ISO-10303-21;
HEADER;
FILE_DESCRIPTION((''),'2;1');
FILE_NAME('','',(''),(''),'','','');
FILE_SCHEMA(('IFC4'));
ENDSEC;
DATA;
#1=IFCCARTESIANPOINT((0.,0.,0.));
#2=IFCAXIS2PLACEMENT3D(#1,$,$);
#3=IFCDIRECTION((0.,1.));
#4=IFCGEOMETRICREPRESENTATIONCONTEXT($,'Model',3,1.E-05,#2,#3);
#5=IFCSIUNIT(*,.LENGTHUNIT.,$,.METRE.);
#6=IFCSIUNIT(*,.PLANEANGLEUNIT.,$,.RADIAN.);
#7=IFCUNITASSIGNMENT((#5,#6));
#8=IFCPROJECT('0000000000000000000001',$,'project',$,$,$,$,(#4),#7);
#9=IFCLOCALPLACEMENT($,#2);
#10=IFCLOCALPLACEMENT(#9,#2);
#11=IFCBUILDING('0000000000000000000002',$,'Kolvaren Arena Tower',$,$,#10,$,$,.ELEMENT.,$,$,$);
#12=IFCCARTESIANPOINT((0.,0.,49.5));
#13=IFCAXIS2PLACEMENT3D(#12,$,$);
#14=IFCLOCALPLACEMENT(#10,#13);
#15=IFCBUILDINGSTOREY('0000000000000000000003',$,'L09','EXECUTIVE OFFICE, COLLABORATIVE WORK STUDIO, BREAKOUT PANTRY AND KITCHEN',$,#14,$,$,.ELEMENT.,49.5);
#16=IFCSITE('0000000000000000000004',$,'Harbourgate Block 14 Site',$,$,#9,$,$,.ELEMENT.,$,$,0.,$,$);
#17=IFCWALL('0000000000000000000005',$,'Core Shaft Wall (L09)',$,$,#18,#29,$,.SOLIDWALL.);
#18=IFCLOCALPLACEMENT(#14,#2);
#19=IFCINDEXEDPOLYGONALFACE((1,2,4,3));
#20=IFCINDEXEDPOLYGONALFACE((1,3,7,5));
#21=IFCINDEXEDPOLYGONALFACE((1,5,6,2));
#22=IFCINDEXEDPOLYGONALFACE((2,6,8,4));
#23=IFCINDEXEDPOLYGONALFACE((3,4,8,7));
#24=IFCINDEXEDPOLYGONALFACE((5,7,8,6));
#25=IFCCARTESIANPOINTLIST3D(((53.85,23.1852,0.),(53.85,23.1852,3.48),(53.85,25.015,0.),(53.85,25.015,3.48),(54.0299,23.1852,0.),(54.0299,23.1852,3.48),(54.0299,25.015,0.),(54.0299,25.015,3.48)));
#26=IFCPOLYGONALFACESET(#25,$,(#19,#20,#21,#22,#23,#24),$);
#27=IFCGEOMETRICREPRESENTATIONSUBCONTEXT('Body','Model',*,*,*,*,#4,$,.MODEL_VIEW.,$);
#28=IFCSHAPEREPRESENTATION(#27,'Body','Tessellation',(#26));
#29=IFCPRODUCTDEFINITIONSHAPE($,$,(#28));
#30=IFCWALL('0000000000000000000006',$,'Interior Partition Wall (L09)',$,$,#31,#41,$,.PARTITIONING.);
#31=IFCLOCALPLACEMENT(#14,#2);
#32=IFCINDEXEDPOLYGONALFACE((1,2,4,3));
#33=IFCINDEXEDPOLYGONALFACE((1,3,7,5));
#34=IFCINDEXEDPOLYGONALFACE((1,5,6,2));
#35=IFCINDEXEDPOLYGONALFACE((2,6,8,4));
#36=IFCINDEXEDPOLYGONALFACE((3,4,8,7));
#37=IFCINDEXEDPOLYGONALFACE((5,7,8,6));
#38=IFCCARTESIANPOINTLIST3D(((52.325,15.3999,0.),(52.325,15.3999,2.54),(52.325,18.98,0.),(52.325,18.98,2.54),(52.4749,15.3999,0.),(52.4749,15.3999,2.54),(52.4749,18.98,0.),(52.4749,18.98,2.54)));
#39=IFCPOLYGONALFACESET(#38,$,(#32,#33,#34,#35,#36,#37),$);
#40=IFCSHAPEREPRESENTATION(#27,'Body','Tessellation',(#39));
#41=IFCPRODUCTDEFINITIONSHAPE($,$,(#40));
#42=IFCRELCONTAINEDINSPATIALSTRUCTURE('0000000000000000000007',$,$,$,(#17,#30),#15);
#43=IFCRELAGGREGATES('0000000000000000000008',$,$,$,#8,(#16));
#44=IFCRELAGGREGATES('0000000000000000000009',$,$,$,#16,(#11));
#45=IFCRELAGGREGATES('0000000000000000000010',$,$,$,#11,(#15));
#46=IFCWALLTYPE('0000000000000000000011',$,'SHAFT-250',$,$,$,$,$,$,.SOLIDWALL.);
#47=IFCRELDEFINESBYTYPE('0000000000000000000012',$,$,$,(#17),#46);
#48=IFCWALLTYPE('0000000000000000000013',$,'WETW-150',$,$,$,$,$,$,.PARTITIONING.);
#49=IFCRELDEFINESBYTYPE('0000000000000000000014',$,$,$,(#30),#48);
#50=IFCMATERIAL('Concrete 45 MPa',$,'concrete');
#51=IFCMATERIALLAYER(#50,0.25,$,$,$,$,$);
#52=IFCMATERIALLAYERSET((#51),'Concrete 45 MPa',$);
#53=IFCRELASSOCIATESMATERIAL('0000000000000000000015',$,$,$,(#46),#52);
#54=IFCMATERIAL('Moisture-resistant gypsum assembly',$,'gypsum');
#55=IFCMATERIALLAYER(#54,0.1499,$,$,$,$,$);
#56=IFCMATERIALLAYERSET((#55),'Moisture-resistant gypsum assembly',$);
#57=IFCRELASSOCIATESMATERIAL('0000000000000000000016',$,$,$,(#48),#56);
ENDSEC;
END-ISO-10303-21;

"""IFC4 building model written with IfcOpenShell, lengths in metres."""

from ifc_helpers import new_model, si_unit, direction, frame, frame_2d, origin, place, context, subcontext, project, spatial, rectangle, extrude, material, layer, layer_set, type_object, element, save


model = new_model("IFC4")

# Units and contexts
model_context = context("Model", 3, precision=1e-05, world=origin(), true_north=direction((0.0, 1.0)))
body_context = subcontext(model_context, "Body", "Model", "MODEL_VIEW")
ifc_project = project(units=[si_unit("LENGTHUNIT", "METRE"), si_unit("PLANEANGLEUNIT", "RADIAN")], contexts=[model_context])

# Site, building, storey
site_placement = place(None, origin())
site = spatial("IfcSite", under=ifc_project, at=site_placement, Name="Harbourgate Block 14 Site", CompositionType="ELEMENT", RefElevation=0.0)
building_placement = place(site_placement, origin())
building = spatial("IfcBuilding", under=site, at=building_placement, Name="Kolvaren Arena Tower", CompositionType="ELEMENT")
storey_placement = place(building_placement, frame((0.0, 0.0, 49.5)))
storey = spatial("IfcBuildingStorey", under=building, at=storey_placement, Name="L09", Description="EXECUTIVE OFFICE, COLLABORATIVE WORK STUDIO, BREAKOUT PANTRY AND KITCHEN", CompositionType="ELEMENT", Elevation=49.5)

# Shared definitions
ifc_material_1 = material(Name="Concrete 45 MPa", Category="concrete")
ifc_layer_1 = layer(ifc_material_1, 0.25)
ifc_layer_set_1 = layer_set([ifc_layer_1], Name="Concrete 45 MPa")
wall_type_1 = type_object("IfcWallType", Name="SHAFT-250", PredefinedType="SOLIDWALL", material=ifc_layer_set_1)

# Walls
wall_1_placement = place(storey_placement, frame((53.9399, 23.1851, 0.0), z_axis=(0.0, 0.0, 1.0), x_axis=(0.0, 1.0, 0.0)))
element("IfcWall", 1, at=wall_1_placement, inside=storey, type_object=wall_type_1, Name="Core Shaft Wall (L09)", PredefinedType="SOLIDWALL", context=body_context, shape_type="SweptSolid", body=[
    extrude(rectangle(XDim=1.8298, YDim=0.1799, at=frame_2d((0.915, 0.0))), origin(), (0.0, 0.0, 1.0), 3.48),
])
ifc_material_2 = material(Name="Moisture-resistant gypsum assembly", Category="gypsum")
ifc_layer_2 = layer(ifc_material_2, 0.1499)
ifc_layer_set_2 = layer_set([ifc_layer_2], Name="Moisture-resistant gypsum assembly")
wall_type_2 = type_object("IfcWallType", Name="WETW-150", PredefinedType="PARTITIONING", material=ifc_layer_set_2)
wall_2_placement = place(storey_placement, frame((52.3999, 15.3999, 0.0), z_axis=(0.0, 0.0, 1.0), x_axis=(0.0, 1.0, 0.0)))
element("IfcWall", 2, at=wall_2_placement, inside=storey, type_object=wall_type_2, Name="Interior Partition Wall (L09)", PredefinedType="PARTITIONING", context=body_context, shape_type="SweptSolid", body=[
    extrude(rectangle(XDim=3.5801, YDim=0.1499, at=frame_2d((1.79, 0.0))), origin(), (0.0, 0.0, 1.0), 2.54),
])

save(model, "model.ifc")
